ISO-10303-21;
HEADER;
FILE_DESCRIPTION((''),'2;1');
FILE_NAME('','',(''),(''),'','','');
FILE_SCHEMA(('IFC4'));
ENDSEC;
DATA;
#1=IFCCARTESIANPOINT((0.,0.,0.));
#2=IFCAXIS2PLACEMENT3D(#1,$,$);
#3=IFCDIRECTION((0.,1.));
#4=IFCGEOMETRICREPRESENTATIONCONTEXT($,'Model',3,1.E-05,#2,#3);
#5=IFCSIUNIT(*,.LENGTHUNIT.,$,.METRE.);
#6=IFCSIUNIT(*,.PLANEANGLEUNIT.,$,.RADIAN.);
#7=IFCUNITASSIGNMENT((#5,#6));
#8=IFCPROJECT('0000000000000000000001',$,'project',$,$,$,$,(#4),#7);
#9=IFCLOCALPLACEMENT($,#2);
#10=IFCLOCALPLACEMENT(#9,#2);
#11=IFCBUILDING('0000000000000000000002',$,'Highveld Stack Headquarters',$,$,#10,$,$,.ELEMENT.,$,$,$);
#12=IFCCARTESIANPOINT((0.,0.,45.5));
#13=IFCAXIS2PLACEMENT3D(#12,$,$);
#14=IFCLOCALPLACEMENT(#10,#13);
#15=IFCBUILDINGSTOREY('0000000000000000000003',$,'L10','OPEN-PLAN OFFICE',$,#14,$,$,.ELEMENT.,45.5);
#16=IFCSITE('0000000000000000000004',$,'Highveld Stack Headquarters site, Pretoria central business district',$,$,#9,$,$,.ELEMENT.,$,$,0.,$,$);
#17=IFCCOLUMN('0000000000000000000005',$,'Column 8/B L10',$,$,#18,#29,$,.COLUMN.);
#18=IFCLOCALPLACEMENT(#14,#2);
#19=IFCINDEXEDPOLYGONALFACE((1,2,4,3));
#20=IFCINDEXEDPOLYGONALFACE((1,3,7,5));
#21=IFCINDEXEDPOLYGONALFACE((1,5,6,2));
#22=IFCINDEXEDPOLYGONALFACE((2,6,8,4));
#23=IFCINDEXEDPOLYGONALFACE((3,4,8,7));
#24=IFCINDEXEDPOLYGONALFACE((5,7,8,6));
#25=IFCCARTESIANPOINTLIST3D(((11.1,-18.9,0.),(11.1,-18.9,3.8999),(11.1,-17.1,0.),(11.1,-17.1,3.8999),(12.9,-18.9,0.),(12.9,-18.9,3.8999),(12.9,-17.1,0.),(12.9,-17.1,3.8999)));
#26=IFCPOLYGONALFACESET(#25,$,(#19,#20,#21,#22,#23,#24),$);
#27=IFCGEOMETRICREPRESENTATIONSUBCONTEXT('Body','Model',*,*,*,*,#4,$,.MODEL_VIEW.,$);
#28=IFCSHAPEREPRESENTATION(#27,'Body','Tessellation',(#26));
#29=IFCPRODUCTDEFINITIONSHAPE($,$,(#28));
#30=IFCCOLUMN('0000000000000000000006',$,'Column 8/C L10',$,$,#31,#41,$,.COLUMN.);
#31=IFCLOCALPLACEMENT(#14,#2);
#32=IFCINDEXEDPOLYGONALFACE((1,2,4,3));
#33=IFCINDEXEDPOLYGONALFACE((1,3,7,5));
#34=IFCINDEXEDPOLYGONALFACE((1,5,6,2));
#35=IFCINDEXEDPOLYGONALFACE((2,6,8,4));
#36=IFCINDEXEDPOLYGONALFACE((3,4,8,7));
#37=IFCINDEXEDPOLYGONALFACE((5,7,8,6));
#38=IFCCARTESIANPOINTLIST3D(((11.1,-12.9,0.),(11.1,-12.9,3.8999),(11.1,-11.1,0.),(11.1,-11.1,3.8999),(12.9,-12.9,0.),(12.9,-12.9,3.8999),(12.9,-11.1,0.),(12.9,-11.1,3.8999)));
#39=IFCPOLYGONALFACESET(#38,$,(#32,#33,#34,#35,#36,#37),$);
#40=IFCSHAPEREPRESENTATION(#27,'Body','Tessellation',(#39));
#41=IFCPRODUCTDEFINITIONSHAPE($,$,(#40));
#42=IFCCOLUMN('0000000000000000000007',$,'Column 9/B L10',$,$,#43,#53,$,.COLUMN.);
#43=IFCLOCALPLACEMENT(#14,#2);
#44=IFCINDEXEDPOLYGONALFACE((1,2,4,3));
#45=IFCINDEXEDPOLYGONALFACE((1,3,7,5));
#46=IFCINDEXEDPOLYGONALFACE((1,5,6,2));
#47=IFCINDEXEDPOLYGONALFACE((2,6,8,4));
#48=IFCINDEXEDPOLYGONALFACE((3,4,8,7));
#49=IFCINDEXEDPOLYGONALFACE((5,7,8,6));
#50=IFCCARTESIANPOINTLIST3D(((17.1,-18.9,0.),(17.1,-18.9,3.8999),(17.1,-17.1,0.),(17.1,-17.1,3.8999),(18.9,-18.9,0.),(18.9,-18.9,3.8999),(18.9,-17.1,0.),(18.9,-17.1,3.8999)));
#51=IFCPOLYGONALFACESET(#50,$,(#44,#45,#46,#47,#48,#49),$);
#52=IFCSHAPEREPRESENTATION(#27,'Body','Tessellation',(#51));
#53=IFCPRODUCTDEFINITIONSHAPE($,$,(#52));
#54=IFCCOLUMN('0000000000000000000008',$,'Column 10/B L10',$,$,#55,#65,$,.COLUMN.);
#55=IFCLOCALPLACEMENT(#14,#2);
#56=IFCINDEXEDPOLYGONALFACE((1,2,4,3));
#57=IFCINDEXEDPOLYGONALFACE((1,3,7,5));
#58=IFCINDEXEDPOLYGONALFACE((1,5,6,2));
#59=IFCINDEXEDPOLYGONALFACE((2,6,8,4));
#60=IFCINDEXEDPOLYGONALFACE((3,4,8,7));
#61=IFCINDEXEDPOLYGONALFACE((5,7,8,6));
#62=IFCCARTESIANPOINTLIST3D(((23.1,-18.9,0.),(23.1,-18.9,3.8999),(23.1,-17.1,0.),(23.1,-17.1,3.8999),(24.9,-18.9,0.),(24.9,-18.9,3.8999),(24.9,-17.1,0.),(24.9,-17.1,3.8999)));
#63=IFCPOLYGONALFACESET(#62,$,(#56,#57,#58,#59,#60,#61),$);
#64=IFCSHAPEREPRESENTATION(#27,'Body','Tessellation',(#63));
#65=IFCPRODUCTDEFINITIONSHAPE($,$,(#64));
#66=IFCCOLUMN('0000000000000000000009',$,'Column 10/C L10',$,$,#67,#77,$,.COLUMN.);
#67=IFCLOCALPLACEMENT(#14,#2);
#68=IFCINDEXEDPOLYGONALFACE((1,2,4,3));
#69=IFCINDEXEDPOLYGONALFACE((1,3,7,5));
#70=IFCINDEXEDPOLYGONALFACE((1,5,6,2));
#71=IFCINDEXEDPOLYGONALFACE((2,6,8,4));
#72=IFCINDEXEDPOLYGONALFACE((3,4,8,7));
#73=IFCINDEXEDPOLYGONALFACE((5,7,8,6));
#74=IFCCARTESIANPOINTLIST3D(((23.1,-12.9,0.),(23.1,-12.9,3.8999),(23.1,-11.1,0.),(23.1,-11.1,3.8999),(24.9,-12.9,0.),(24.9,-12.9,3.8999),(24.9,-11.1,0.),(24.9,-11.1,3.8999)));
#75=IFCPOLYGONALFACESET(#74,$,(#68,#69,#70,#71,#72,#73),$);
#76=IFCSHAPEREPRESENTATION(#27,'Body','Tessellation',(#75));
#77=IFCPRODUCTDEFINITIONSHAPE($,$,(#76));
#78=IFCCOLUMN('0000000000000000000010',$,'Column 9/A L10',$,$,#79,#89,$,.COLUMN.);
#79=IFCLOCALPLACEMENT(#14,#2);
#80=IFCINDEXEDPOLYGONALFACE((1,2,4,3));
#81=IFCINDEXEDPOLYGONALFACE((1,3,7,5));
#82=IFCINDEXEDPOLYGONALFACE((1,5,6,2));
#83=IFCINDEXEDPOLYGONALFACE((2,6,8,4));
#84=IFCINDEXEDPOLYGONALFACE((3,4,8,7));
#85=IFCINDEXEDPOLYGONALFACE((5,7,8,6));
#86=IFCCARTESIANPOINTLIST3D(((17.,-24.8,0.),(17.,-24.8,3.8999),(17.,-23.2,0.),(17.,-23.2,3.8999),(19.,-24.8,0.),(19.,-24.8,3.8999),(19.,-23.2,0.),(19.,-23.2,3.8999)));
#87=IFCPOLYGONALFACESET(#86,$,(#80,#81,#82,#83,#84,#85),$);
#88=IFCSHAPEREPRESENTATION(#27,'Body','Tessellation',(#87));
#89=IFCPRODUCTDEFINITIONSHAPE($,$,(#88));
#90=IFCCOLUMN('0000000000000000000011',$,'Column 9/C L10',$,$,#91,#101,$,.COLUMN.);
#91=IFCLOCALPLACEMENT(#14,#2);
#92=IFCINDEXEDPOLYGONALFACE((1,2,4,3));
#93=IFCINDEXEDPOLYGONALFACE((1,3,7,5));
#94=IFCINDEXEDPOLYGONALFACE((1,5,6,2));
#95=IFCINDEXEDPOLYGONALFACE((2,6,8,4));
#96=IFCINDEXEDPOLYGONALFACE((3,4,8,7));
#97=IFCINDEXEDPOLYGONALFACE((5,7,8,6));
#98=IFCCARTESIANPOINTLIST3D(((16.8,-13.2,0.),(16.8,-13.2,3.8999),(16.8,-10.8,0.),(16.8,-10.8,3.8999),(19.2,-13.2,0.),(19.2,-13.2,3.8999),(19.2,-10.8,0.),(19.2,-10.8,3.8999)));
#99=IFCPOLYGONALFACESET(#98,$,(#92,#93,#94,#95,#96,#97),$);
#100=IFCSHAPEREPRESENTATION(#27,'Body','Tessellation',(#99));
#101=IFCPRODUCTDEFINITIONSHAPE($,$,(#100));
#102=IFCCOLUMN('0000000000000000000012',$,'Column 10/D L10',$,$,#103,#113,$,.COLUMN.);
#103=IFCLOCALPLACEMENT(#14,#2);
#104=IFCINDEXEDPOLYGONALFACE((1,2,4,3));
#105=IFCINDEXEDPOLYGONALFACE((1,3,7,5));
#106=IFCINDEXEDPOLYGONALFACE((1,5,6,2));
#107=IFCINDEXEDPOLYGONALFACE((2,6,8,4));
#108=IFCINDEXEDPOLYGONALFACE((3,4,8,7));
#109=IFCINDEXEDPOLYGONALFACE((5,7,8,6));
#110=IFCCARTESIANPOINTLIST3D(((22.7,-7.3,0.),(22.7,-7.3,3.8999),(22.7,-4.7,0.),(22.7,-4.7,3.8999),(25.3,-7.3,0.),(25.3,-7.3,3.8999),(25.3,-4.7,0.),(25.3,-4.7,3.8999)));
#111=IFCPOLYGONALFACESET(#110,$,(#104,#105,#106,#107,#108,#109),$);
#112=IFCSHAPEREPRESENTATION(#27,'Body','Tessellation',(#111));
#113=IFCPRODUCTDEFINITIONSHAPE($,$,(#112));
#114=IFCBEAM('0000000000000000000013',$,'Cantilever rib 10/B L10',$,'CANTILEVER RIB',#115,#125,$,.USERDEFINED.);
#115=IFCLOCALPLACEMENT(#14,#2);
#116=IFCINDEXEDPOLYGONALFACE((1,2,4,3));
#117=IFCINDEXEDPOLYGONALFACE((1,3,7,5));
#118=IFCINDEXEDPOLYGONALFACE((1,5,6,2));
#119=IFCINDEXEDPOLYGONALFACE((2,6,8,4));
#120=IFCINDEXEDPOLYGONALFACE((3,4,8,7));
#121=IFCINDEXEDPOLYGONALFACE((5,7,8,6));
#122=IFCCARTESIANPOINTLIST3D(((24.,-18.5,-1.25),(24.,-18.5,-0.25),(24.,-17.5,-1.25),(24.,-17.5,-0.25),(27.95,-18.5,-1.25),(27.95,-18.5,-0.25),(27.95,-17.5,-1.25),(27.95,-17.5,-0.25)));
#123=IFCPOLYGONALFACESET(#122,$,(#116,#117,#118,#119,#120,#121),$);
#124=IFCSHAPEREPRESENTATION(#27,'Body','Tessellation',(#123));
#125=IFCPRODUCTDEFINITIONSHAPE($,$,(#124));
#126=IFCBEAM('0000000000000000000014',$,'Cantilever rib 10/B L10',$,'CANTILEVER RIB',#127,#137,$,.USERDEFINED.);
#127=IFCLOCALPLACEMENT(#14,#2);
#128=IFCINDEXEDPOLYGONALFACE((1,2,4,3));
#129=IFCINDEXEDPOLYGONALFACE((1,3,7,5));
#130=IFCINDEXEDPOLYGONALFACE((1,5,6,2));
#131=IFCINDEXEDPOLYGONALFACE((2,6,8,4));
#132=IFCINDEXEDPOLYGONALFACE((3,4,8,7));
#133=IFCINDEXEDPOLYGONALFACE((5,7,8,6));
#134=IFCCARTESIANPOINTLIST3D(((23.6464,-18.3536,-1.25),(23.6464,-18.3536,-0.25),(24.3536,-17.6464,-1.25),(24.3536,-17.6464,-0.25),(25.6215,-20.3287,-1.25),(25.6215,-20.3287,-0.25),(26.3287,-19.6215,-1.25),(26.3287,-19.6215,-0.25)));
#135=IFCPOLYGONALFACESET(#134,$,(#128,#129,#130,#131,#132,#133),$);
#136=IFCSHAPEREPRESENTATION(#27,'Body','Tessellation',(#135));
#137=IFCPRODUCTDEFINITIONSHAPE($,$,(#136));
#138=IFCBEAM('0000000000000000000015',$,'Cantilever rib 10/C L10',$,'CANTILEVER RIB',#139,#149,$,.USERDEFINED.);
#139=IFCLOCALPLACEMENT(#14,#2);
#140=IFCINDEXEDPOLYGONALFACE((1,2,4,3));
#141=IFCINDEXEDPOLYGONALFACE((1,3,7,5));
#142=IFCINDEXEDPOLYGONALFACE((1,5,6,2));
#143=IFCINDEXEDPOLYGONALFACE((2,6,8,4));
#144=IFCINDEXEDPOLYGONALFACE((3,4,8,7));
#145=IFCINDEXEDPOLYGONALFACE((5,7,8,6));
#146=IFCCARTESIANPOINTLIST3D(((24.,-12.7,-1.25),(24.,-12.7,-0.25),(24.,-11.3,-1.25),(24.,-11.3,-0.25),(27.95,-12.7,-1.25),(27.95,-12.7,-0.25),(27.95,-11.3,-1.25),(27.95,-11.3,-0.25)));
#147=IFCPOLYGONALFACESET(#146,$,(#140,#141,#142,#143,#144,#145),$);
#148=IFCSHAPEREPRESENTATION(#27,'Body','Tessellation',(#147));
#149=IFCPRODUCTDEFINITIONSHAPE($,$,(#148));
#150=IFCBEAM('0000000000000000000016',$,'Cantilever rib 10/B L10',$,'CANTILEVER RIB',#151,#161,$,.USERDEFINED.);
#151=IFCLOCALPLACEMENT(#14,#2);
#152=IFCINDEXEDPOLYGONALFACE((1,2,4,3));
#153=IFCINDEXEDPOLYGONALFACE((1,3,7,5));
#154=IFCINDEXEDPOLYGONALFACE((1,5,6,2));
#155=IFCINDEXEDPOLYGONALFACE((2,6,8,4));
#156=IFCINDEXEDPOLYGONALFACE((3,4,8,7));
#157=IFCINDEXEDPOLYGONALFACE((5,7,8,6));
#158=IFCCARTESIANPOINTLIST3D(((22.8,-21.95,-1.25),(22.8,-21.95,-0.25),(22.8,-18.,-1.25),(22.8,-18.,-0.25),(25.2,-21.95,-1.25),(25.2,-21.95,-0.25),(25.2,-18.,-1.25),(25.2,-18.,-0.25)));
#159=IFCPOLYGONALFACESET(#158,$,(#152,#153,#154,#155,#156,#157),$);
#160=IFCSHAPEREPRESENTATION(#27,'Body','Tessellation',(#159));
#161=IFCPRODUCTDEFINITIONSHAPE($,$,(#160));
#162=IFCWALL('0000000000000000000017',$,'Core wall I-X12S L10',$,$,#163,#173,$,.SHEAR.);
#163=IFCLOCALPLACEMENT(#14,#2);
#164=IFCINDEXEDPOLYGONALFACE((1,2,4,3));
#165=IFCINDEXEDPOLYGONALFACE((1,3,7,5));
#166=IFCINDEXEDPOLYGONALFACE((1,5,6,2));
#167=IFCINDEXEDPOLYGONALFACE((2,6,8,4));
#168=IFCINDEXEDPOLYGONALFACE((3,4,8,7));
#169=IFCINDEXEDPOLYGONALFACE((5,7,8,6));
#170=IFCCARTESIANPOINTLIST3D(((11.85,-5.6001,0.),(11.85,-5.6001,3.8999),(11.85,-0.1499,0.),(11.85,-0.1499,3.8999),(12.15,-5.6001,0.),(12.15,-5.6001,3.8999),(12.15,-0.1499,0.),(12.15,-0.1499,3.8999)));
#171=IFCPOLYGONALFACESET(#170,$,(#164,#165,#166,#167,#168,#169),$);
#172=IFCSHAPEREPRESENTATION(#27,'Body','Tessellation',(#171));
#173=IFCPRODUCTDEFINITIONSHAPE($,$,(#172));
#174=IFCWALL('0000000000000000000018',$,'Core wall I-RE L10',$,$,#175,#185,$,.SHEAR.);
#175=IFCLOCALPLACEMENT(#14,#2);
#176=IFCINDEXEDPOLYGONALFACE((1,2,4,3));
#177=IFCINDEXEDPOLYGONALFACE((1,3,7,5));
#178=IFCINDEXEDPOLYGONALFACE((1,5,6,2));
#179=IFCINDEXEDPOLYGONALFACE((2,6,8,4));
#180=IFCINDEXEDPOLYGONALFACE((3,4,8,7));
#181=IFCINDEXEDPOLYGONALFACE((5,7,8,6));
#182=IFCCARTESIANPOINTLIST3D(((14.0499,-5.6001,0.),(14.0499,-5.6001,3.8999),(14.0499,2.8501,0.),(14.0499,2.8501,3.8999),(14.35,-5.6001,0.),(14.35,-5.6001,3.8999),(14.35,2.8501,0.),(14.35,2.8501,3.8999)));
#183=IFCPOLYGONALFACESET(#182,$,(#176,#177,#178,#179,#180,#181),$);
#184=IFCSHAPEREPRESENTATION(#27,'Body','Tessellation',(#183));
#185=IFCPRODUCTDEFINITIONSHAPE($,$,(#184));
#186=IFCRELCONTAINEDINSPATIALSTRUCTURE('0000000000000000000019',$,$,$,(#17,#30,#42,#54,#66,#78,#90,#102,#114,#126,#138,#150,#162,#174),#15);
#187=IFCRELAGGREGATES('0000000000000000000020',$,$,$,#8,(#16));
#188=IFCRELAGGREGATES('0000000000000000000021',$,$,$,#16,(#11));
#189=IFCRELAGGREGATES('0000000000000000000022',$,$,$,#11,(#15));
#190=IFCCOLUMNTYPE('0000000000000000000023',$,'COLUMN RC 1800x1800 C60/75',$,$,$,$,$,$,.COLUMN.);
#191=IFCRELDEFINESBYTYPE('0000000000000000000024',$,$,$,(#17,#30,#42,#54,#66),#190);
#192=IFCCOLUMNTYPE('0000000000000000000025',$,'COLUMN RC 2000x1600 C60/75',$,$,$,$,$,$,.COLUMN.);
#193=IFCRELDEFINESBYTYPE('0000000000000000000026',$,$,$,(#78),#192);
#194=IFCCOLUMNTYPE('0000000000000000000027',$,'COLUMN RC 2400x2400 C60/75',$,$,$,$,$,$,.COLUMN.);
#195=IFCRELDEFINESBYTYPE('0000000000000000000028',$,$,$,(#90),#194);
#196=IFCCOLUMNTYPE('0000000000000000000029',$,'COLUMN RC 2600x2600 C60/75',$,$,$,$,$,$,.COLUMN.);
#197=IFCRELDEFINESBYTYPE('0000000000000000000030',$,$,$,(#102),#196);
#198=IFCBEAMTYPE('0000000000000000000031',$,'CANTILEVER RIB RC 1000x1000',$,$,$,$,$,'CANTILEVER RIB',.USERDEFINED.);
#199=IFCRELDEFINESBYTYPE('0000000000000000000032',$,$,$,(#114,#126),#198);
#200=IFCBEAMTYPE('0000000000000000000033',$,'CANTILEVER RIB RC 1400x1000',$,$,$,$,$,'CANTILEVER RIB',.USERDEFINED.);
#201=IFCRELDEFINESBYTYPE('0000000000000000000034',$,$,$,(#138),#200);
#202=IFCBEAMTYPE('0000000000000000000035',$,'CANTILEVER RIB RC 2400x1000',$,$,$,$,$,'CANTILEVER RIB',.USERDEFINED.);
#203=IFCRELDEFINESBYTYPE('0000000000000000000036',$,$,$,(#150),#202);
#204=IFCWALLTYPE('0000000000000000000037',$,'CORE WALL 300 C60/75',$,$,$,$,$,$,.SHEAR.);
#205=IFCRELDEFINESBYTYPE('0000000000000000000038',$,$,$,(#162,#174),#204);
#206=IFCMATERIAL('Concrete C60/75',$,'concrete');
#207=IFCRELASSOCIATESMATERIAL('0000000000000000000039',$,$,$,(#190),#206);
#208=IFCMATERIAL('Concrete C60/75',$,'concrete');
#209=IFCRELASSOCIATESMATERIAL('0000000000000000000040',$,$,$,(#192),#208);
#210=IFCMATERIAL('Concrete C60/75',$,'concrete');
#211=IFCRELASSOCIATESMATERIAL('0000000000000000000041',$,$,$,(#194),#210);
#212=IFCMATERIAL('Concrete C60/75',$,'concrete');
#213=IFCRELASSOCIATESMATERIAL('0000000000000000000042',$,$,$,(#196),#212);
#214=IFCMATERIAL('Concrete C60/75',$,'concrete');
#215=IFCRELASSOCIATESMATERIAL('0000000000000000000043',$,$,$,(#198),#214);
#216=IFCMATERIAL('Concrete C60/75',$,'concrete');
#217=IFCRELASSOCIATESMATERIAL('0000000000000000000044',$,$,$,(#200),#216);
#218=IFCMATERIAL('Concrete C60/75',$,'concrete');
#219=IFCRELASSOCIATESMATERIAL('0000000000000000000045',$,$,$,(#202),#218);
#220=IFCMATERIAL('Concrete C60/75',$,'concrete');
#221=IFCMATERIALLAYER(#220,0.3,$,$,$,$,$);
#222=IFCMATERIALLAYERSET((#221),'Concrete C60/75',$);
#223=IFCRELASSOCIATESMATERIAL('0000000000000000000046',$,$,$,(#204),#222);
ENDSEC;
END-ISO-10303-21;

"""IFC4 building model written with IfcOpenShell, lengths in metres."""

from ifc_helpers import new_model, si_unit, direction, frame, frame_2d, origin, origin_2d, place, context, subcontext, project, spatial, rectangle, extrude, material, layer, layer_set, material_profile, profile_set, type_object, element, save


model = new_model("IFC4")

# Units and contexts
model_context = context("Model", 3, precision=1e-05, world=origin(), true_north=direction((0.0, 1.0)))
body_context = subcontext(model_context, "Body", "Model", "MODEL_VIEW")
ifc_project = project(units=[si_unit("LENGTHUNIT", "METRE"), si_unit("PLANEANGLEUNIT", "RADIAN")], contexts=[model_context])

# Site, building, storey
site_placement = place(None, origin())
site = spatial("IfcSite", under=ifc_project, at=site_placement, Name="Highveld Stack Headquarters site, Pretoria central business district", CompositionType="ELEMENT", RefElevation=0.0)
building_placement = place(site_placement, origin())
building = spatial("IfcBuilding", under=site, at=building_placement, Name="Highveld Stack Headquarters", CompositionType="ELEMENT")
storey_placement = place(building_placement, frame((0.0, 0.0, 45.5)))
storey = spatial("IfcBuildingStorey", under=building, at=storey_placement, Name="L10", Description="OPEN-PLAN OFFICE", CompositionType="ELEMENT", Elevation=45.5)

# Columns
ifc_material_1 = material(Name="Concrete C60/75", Category="concrete")
ifc_material_profile_1 = material_profile(ifc_material_1, rectangle(XDim=1.8, YDim=1.8, at=origin_2d()), Name="RC 1800x1800")
ifc_profile_set_1 = profile_set([ifc_material_profile_1], Name="Concrete C60/75")
column_type_1 = type_object("IfcColumnType", Name="COLUMN RC 1800x1800 C60/75", PredefinedType="COLUMN", material=ifc_profile_set_1)
for number, where, z_axis, x_axis, name in (
    (1, (12.0, -18.0, 0.0), (0.0, 0.0, 1.0), (1.0, 0.0, 0.0), "Column 8/B L10"),
    (2, (12.0, -12.0, 0.0), (0.0, 0.0, 1.0), (1.0, 0.0, 0.0), "Column 8/C L10"),
    (3, (18.0, -18.0, 0.0), (0.0, 0.0, 1.0), (1.0, 0.0, 0.0), "Column 9/B L10"),
    (4, (24.0, -18.0, 0.0), (0.0, 0.0, 1.0), (1.0, 0.0, 0.0), "Column 10/B L10"),
    (5, (24.0, -12.0, 0.0), (0.0, 0.0, 1.0), (1.0, 0.0, 0.0), "Column 10/C L10"),
):
    element("IfcColumn", number, at=place(storey_placement, frame(where, z_axis=z_axis, x_axis=x_axis)), inside=storey, type_object=column_type_1, Name=name, PredefinedType="COLUMN", context=body_context, shape_type="SweptSolid", body=[
        extrude(rectangle(XDim=1.8, YDim=1.8, at=origin_2d()), origin(), (0.0, 0.0, 1.0), 3.8999),
    ])
ifc_material_2 = material(Name="Concrete C60/75", Category="concrete")
ifc_material_profile_2 = material_profile(ifc_material_2, rectangle(XDim=2.0, YDim=1.6001, at=origin_2d()), Name="RC 2000x1600")
ifc_profile_set_2 = profile_set([ifc_material_profile_2], Name="Concrete C60/75")
column_type_2 = type_object("IfcColumnType", Name="COLUMN RC 2000x1600 C60/75", PredefinedType="COLUMN", material=ifc_profile_set_2)
column_1_placement = place(storey_placement, frame((18.0, -24.0, 0.0), z_axis=(0.0, 0.0, 1.0), x_axis=(1.0, 0.0, 0.0)))
element("IfcColumn", 6, at=column_1_placement, inside=storey, type_object=column_type_2, Name="Column 9/A L10", PredefinedType="COLUMN", context=body_context, shape_type="SweptSolid", body=[
    extrude(rectangle(XDim=2.0, YDim=1.6001, at=origin_2d()), origin(), (0.0, 0.0, 1.0), 3.8999),
])
ifc_material_3 = material(Name="Concrete C60/75", Category="concrete")
ifc_material_profile_3 = material_profile(ifc_material_3, rectangle(XDim=2.3999, YDim=2.3999, at=origin_2d()), Name="RC 2400x2400")
ifc_profile_set_3 = profile_set([ifc_material_profile_3], Name="Concrete C60/75")
column_type_3 = type_object("IfcColumnType", Name="COLUMN RC 2400x2400 C60/75", PredefinedType="COLUMN", material=ifc_profile_set_3)
column_2_placement = place(storey_placement, frame((18.0, -12.0, 0.0), z_axis=(0.0, 0.0, 1.0), x_axis=(1.0, 0.0, 0.0)))
element("IfcColumn", 7, at=column_2_placement, inside=storey, type_object=column_type_3, Name="Column 9/C L10", PredefinedType="COLUMN", context=body_context, shape_type="SweptSolid", body=[
    extrude(rectangle(XDim=2.3999, YDim=2.3999, at=origin_2d()), origin(), (0.0, 0.0, 1.0), 3.8999),
])
ifc_material_4 = material(Name="Concrete C60/75", Category="concrete")
ifc_material_profile_4 = material_profile(ifc_material_4, rectangle(XDim=2.6001, YDim=2.6001, at=origin_2d()), Name="RC 2600x2600")
ifc_profile_set_4 = profile_set([ifc_material_profile_4], Name="Concrete C60/75")
column_type_4 = type_object("IfcColumnType", Name="COLUMN RC 2600x2600 C60/75", PredefinedType="COLUMN", material=ifc_profile_set_4)
column_3_placement = place(storey_placement, frame((24.0, -6.0, 0.0), z_axis=(0.0, 0.0, 1.0), x_axis=(1.0, 0.0, 0.0)))
element("IfcColumn", 8, at=column_3_placement, inside=storey, type_object=column_type_4, Name="Column 10/D L10", PredefinedType="COLUMN", context=body_context, shape_type="SweptSolid", body=[
    extrude(rectangle(XDim=2.6001, YDim=2.6001, at=origin_2d()), origin(), (0.0, 0.0, 1.0), 3.8999),
])

# Beams
ifc_material_5 = material(Name="Concrete C60/75", Category="concrete")
ifc_material_profile_5 = material_profile(ifc_material_5, rectangle(XDim=1.0, YDim=1.0, at=origin_2d()), Name="RC 1000x1000")
ifc_profile_set_5 = profile_set([ifc_material_profile_5], Name="Concrete C60/75")
beam_type_1 = type_object("IfcBeamType", Name="CANTILEVER RIB RC 1000x1000", ElementType="CANTILEVER RIB", PredefinedType="USERDEFINED", material=ifc_profile_set_5)
beam_1_placement = place(storey_placement, frame((24.0, -18.0, -0.75), z_axis=(1.0, 0.0, 0.0), x_axis=(0.0, 1.0, 0.0)))
element("IfcBeam", 9, at=beam_1_placement, inside=storey, type_object=beam_type_1, Name="Cantilever rib 10/B L10", ObjectType="CANTILEVER RIB", PredefinedType="USERDEFINED", context=body_context, shape_type="SweptSolid", body=[
    extrude(rectangle(XDim=1.0, YDim=1.0, at=origin_2d()), origin(), (0.0, 0.0, 1.0), 3.95),
])
beam_2_placement = place(storey_placement, frame((24.0, -18.0, -0.75), z_axis=(0.707107, -0.707107, 0.0), x_axis=(0.707107, 0.707107, 0.0)))
element("IfcBeam", 10, at=beam_2_placement, inside=storey, type_object=beam_type_1, Name="Cantilever rib 10/B L10", ObjectType="CANTILEVER RIB", PredefinedType="USERDEFINED", context=body_context, shape_type="SweptSolid", body=[
    extrude(rectangle(XDim=1.0, YDim=1.0, at=origin_2d()), origin(), (0.0, 0.0, 1.0), 2.7932),
])
ifc_material_6 = material(Name="Concrete C60/75", Category="concrete")
ifc_material_profile_6 = material_profile(ifc_material_6, rectangle(XDim=1.3999, YDim=1.0, at=origin_2d()), Name="RC 1400x1000")
ifc_profile_set_6 = profile_set([ifc_material_profile_6], Name="Concrete C60/75")
beam_type_2 = type_object("IfcBeamType", Name="CANTILEVER RIB RC 1400x1000", ElementType="CANTILEVER RIB", PredefinedType="USERDEFINED", material=ifc_profile_set_6)
beam_3_placement = place(storey_placement, frame((24.0, -12.0, -0.75), z_axis=(1.0, 0.0, 0.0), x_axis=(0.0, 1.0, 0.0)))
element("IfcBeam", 11, at=beam_3_placement, inside=storey, type_object=beam_type_2, Name="Cantilever rib 10/C L10", ObjectType="CANTILEVER RIB", PredefinedType="USERDEFINED", context=body_context, shape_type="SweptSolid", body=[
    extrude(rectangle(XDim=1.3999, YDim=1.0, at=origin_2d()), origin(), (0.0, 0.0, 1.0), 3.95),
])
ifc_material_7 = material(Name="Concrete C60/75", Category="concrete")
ifc_material_profile_7 = material_profile(ifc_material_7, rectangle(XDim=2.3999, YDim=1.0, at=origin_2d()), Name="RC 2400x1000")
ifc_profile_set_7 = profile_set([ifc_material_profile_7], Name="Concrete C60/75")
beam_type_3 = type_object("IfcBeamType", Name="CANTILEVER RIB RC 2400x1000", ElementType="CANTILEVER RIB", PredefinedType="USERDEFINED", material=ifc_profile_set_7)
beam_4_placement = place(storey_placement, frame((24.0, -18.0, -0.75), z_axis=(0.0, -1.0, 0.0), x_axis=(1.0, 0.0, 0.0)))
element("IfcBeam", 12, at=beam_4_placement, inside=storey, type_object=beam_type_3, Name="Cantilever rib 10/B L10", ObjectType="CANTILEVER RIB", PredefinedType="USERDEFINED", context=body_context, shape_type="SweptSolid", body=[
    extrude(rectangle(XDim=2.3999, YDim=1.0, at=origin_2d()), origin(), (0.0, 0.0, 1.0), 3.95),
])

# Walls
ifc_material_8 = material(Name="Concrete C60/75", Category="concrete")
ifc_layer_1 = layer(ifc_material_8, 0.3)
ifc_layer_set_1 = layer_set([ifc_layer_1], Name="Concrete C60/75")
wall_type_1 = type_object("IfcWallType", Name="CORE WALL 300 C60/75", PredefinedType="SHEAR", material=ifc_layer_set_1)
wall_1_placement = place(storey_placement, frame((12.0, -5.6001, 0.0), z_axis=(0.0, 0.0, 1.0), x_axis=(0.0, 1.0, 0.0)))
element("IfcWall", 13, at=wall_1_placement, inside=storey, type_object=wall_type_1, Name="Core wall I-X12S L10", PredefinedType="SHEAR", context=body_context, shape_type="SweptSolid", body=[
    extrude(rectangle(XDim=5.4502, YDim=0.3, at=frame_2d((2.7251, 0.0))), origin(), (0.0, 0.0, 1.0), 3.8999),
])
wall_2_placement = place(storey_placement, frame((14.2, -5.6001, 0.0), z_axis=(0.0, 0.0, 1.0), x_axis=(0.0, 1.0, 0.0)))
element("IfcWall", 14, at=wall_2_placement, inside=storey, type_object=wall_type_1, Name="Core wall I-RE L10", PredefinedType="SHEAR", context=body_context, shape_type="SweptSolid", body=[
    extrude(rectangle(XDim=8.4502, YDim=0.3, at=frame_2d((4.2251, 0.0))), origin(), (0.0, 0.0, 1.0), 3.8999),
])

save(model, "model.ifc")
